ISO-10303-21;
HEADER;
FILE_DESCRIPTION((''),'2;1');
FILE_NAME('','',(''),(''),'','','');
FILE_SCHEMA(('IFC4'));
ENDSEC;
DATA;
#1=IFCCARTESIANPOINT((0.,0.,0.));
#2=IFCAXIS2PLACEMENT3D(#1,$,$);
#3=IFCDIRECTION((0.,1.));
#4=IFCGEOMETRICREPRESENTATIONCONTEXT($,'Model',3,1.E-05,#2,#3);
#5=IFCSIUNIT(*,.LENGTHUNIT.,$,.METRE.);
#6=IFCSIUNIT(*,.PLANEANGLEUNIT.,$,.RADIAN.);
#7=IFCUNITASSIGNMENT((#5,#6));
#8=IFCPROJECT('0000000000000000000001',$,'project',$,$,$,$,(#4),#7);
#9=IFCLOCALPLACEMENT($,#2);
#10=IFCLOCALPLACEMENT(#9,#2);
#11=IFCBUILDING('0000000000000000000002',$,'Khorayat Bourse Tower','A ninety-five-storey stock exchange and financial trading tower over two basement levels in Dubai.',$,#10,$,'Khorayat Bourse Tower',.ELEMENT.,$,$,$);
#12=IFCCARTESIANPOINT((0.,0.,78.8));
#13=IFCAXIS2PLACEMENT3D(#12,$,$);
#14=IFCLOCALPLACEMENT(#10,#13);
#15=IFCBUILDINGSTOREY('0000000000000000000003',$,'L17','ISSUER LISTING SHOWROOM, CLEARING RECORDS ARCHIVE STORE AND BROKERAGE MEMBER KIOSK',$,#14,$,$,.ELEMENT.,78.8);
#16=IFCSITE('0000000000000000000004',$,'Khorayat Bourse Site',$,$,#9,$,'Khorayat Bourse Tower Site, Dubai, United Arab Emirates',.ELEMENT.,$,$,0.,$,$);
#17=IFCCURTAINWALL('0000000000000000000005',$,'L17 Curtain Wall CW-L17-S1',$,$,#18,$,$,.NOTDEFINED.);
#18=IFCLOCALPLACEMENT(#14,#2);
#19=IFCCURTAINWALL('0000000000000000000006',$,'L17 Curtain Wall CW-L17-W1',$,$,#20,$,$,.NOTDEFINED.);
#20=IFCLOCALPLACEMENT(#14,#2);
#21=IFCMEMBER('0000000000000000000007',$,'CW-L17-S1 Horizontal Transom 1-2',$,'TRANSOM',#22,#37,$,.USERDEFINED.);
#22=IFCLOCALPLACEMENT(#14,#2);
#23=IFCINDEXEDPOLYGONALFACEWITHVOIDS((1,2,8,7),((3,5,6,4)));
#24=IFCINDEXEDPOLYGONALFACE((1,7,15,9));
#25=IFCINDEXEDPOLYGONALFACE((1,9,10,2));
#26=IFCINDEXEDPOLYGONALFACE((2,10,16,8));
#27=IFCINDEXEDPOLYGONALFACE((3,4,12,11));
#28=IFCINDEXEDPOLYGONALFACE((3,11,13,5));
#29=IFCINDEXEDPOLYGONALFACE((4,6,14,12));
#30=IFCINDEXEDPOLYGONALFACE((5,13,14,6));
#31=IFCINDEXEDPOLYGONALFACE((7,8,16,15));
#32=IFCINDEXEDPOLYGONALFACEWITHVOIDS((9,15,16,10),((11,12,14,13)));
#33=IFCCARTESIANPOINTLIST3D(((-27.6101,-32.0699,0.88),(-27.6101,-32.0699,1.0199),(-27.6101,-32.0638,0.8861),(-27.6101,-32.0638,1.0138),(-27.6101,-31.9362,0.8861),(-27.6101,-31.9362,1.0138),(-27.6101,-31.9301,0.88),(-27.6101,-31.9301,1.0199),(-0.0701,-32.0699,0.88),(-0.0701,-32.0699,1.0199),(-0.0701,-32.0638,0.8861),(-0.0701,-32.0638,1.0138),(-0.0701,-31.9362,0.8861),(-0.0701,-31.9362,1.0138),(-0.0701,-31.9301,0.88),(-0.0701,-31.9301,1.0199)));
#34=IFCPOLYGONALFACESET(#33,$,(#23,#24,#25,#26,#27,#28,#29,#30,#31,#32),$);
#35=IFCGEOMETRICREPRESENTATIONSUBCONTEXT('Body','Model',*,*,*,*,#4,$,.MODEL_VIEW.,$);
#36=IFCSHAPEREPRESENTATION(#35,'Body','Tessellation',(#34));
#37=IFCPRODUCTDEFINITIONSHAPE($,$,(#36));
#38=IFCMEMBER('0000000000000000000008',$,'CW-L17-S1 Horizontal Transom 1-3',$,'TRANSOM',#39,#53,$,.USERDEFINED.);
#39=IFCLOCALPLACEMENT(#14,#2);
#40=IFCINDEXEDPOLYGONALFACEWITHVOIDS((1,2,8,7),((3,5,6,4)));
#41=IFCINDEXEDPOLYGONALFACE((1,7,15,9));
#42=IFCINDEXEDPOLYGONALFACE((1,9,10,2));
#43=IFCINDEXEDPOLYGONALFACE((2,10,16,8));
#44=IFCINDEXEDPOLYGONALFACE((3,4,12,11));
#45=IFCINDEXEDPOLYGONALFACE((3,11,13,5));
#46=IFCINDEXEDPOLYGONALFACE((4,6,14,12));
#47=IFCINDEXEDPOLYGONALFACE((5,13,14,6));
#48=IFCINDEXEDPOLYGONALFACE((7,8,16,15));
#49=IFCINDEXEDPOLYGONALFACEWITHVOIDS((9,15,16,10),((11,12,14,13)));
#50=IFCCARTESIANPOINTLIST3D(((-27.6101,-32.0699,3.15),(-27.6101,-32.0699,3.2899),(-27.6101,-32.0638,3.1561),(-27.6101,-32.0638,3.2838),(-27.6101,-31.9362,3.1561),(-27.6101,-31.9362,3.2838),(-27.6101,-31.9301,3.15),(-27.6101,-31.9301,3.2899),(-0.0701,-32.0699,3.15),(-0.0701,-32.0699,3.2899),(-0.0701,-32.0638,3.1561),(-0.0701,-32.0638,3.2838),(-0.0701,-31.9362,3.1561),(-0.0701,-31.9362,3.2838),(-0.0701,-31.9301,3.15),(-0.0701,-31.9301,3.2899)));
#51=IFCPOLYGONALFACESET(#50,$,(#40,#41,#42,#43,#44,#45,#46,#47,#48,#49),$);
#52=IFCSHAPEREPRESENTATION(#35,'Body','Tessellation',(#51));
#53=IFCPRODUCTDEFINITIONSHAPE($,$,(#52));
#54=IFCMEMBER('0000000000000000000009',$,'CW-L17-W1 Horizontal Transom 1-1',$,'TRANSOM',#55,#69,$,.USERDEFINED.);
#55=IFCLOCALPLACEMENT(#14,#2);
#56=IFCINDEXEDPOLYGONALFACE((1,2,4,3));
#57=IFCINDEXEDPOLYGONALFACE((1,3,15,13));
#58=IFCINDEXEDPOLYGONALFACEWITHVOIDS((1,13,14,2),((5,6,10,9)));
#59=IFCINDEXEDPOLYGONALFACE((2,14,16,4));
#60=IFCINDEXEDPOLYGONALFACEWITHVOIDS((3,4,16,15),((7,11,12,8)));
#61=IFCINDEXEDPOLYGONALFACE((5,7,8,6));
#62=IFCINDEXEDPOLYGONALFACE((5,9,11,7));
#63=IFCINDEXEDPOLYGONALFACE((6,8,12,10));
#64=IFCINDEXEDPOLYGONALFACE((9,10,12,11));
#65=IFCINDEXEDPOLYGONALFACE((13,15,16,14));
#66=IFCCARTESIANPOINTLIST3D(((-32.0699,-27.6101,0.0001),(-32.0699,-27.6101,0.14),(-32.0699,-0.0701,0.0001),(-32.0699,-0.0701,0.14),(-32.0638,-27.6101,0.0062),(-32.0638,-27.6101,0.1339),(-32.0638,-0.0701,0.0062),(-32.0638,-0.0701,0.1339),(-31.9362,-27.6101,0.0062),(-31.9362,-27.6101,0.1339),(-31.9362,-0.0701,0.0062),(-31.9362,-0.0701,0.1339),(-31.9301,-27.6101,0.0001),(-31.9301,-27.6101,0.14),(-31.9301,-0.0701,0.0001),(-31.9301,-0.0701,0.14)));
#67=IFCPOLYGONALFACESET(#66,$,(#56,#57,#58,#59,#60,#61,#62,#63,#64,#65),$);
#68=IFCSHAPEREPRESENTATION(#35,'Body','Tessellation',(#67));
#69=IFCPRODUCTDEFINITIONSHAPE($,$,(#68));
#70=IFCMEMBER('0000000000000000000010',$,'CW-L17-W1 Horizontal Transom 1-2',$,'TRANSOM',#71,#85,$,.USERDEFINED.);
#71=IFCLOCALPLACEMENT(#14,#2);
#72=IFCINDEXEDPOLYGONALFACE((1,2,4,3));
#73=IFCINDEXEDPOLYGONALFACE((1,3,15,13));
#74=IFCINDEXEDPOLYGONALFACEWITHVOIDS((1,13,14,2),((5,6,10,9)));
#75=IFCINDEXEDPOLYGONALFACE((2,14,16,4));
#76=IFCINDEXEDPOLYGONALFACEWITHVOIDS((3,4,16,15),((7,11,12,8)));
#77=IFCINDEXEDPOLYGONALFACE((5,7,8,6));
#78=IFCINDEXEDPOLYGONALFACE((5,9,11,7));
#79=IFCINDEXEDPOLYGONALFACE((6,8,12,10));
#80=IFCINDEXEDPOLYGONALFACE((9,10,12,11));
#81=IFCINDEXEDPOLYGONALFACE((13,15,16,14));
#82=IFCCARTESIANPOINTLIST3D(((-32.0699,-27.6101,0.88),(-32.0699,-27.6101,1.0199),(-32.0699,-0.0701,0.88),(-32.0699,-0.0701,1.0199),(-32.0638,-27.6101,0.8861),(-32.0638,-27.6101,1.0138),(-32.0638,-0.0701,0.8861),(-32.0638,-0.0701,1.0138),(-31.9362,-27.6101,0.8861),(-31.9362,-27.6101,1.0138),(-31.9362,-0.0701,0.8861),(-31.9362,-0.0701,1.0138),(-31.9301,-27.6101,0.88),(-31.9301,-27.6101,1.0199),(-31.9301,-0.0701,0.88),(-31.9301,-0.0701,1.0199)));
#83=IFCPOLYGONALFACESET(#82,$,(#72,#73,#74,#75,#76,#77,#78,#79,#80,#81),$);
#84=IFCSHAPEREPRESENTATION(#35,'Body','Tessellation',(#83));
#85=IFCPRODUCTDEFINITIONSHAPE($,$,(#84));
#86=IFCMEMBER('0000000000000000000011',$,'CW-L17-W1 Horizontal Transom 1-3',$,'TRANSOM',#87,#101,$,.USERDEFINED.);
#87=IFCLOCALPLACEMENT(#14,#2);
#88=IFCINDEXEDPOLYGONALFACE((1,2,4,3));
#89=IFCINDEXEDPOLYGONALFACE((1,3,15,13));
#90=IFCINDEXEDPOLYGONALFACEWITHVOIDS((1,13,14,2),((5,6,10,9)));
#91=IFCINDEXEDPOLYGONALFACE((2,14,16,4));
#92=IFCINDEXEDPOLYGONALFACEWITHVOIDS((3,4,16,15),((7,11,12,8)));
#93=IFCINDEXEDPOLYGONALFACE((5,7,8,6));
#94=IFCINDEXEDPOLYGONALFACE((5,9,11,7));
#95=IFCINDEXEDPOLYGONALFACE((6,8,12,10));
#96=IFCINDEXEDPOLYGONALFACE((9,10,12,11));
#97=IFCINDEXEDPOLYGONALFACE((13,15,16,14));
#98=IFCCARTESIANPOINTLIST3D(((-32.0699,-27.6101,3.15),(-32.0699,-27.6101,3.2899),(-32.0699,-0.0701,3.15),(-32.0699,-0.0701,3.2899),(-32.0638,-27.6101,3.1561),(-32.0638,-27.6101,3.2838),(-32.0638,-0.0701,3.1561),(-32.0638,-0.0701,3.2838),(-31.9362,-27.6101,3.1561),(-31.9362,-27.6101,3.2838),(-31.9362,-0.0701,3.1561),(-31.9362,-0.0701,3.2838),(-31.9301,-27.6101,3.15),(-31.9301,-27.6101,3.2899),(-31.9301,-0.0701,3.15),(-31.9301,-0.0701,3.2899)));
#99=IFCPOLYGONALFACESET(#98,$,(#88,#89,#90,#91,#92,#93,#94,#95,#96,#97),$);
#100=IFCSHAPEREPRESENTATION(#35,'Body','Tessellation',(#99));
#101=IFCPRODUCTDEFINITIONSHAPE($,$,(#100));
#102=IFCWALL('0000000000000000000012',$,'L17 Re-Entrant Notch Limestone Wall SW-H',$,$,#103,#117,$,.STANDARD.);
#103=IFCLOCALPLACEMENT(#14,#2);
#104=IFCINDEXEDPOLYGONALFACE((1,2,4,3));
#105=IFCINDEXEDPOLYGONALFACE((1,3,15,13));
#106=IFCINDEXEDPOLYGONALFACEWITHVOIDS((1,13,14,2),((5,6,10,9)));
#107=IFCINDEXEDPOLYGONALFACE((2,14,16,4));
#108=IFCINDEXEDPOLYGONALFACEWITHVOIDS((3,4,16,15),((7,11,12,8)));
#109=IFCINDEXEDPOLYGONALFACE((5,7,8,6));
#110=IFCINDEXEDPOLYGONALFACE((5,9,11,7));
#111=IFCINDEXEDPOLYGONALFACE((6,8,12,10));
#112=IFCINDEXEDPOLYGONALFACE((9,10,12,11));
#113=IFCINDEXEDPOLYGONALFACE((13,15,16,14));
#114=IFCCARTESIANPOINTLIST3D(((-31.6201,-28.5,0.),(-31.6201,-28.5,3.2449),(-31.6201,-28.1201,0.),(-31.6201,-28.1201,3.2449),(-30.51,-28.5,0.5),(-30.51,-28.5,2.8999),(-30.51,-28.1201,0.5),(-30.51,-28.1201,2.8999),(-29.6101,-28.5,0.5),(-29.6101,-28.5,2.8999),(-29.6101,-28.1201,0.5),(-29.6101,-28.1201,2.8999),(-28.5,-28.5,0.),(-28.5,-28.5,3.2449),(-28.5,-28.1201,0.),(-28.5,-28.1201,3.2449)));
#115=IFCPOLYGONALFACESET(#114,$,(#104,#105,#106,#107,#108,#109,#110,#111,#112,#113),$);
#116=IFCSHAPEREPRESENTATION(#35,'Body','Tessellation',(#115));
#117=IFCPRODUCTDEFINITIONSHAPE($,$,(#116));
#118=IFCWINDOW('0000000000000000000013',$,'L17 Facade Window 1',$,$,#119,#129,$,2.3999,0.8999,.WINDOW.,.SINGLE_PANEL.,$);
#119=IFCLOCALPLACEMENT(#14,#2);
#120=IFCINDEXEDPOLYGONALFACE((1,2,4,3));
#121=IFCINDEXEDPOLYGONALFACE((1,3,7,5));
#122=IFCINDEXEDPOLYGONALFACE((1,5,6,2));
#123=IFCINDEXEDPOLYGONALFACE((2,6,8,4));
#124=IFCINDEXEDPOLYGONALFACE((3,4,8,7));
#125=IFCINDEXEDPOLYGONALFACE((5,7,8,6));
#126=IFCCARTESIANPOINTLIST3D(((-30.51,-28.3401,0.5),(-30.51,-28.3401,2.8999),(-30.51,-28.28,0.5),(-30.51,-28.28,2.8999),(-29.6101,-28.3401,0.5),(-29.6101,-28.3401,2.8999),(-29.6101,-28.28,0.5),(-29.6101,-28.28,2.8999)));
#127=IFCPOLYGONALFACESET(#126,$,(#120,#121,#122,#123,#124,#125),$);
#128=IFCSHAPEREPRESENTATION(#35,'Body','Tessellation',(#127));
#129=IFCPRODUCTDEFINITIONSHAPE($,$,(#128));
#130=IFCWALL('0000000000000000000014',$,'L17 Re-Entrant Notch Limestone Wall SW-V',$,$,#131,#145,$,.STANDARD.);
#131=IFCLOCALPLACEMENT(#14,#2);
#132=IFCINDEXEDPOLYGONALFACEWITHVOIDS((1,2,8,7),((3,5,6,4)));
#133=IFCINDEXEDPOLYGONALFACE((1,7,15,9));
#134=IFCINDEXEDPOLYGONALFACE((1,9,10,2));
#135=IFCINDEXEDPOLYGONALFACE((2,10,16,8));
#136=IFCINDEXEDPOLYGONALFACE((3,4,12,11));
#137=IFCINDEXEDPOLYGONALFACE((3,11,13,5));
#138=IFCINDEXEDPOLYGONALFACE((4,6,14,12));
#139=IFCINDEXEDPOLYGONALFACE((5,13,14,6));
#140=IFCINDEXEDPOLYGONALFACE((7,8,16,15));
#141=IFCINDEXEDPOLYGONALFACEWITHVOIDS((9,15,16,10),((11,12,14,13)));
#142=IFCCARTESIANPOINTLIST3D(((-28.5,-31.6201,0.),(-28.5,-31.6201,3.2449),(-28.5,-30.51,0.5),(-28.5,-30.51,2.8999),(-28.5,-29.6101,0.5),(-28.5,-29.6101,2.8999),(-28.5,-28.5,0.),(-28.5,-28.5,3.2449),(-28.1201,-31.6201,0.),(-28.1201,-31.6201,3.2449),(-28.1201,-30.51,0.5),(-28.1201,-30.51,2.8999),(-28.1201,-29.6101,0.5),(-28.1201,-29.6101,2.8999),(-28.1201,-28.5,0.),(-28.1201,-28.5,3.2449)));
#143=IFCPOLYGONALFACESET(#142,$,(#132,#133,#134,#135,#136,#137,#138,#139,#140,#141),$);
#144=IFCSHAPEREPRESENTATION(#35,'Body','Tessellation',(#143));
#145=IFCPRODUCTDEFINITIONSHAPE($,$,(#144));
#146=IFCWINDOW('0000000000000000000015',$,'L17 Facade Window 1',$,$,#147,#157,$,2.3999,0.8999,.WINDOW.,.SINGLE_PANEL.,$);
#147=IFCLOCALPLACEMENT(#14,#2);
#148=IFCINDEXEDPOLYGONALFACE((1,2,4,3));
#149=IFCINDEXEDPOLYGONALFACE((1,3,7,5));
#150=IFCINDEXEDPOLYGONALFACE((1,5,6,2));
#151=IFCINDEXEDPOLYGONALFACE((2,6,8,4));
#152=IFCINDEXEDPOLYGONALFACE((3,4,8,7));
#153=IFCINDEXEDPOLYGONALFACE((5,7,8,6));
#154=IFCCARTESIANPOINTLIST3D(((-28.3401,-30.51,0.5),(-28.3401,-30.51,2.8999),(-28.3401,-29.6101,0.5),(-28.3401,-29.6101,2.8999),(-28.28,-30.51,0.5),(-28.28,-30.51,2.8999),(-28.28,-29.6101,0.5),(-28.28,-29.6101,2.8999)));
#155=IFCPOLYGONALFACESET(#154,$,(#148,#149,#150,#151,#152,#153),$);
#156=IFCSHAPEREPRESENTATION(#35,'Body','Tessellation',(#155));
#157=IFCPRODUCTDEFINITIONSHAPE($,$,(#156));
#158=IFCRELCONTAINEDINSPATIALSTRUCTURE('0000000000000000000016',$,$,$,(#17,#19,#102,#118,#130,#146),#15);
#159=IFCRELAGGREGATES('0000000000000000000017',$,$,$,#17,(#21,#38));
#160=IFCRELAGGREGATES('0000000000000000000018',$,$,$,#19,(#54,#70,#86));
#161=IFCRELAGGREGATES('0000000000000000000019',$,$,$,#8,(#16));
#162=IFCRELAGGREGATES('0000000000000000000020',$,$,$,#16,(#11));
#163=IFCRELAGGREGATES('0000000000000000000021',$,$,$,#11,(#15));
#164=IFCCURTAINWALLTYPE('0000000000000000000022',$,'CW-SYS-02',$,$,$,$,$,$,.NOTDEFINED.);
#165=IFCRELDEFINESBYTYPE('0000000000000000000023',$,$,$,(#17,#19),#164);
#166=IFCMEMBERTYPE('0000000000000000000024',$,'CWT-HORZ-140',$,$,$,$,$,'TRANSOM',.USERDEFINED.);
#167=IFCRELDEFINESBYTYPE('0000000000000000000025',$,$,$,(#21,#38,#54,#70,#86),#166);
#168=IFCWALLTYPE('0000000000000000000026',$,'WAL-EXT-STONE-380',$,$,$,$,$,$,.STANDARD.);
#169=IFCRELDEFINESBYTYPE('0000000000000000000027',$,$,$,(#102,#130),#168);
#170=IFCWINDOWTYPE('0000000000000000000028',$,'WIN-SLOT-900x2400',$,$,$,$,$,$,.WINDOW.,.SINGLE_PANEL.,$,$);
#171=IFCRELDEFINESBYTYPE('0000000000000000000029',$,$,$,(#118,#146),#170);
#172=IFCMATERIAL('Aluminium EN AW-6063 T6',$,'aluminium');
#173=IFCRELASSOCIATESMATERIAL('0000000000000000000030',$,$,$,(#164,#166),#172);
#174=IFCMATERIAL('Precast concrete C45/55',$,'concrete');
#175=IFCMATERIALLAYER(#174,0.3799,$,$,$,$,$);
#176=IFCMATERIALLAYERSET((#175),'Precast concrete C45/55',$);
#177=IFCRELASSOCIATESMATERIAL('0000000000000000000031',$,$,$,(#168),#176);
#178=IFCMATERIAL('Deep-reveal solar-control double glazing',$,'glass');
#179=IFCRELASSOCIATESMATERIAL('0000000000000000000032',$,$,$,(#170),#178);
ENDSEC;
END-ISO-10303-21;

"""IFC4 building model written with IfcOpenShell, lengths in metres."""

from ifc_helpers import new_model, si_unit, direction, frame, frame_2d, origin, origin_2d, place, context, subcontext, project, spatial, rectangle, hollow_rectangle, extrude, source, transform, mapped, material, layer, layer_set, material_profile, profile_set, type_object, element, fill, aggregate, save


model = new_model("IFC4")

# Units and contexts
model_context = context("Model", 3, precision=1e-05, world=origin(), true_north=direction((0.0, 1.0)))
body_context = subcontext(model_context, "Body", "Model", "MODEL_VIEW")
ifc_project = project(units=[si_unit("LENGTHUNIT", "METRE"), si_unit("PLANEANGLEUNIT", "RADIAN")], contexts=[model_context])

# Site, building, storey
site_placement = place(None, origin())
site = spatial("IfcSite", under=ifc_project, at=site_placement, Name="Khorayat Bourse Site", LongName="Khorayat Bourse Tower Site, Dubai, United Arab Emirates", CompositionType="ELEMENT", RefElevation=0.0)
building_placement = place(site_placement, origin())
building = spatial("IfcBuilding", under=site, at=building_placement, Name="Khorayat Bourse Tower", Description="A ninety-five-storey stock exchange and financial trading tower over two basement levels in Dubai.", LongName="Khorayat Bourse Tower", CompositionType="ELEMENT")
storey_placement = place(building_placement, frame((0.0, 0.0, 78.8)))
storey = spatial("IfcBuildingStorey", under=building, at=storey_placement, Name="L17", Description="ISSUER LISTING SHOWROOM, CLEARING RECORDS ARCHIVE STORE AND BROKERAGE MEMBER KIOSK", CompositionType="ELEMENT", Elevation=78.8)

# Curtain wall
ifc_material_1 = material(Name="Aluminium EN AW-6063 T6", Category="aluminium")
curtain_wall_type = type_object("IfcCurtainWallType", Name="CW-SYS-02", PredefinedType="NOTDEFINED", material=ifc_material_1)
curtain_wall_1_placement = place(storey_placement, origin())
curtain_wall_1 = element("IfcCurtainWall", 1, at=curtain_wall_1_placement, inside=storey, type_object=curtain_wall_type, Name="L17 Curtain Wall CW-L17-S1", PredefinedType="NOTDEFINED")

# Curtain wall
curtain_wall_2_placement = place(storey_placement, origin())
curtain_wall_2 = element("IfcCurtainWall", 2, at=curtain_wall_2_placement, inside=storey, type_object=curtain_wall_type, Name="L17 Curtain Wall CW-L17-W1", PredefinedType="NOTDEFINED")

# Members
ifc_material_profile_1 = material_profile(ifc_material_1, hollow_rectangle(XDim=0.1399, YDim=0.1399, WallThickness=0.0061, at=origin_2d()), Name="ALU 140x140x6")
ifc_profile_set_1 = profile_set([ifc_material_profile_1], Name="Aluminium EN AW-6063 T6")
member_type_1 = type_object("IfcMemberType", Name="CWT-HORZ-140", ElementType="TRANSOM", PredefinedType="USERDEFINED", material=ifc_profile_set_1)
shared_shape_1 = source(origin(), body_context, "Body", "SweptSolid", [
    extrude(hollow_rectangle(XDim=0.1399, YDim=0.1399, WallThickness=0.0061, at=origin_2d()), origin(), (0.0, 0.0, 1.0), 27.54),
])
member_1_placement = place(storey_placement, frame((-27.6101, -32.0, 0.95), z_axis=(1.0, 0.0, 0.0), x_axis=(0.0, 1.0, 0.0)))
member_1 = element("IfcMember", 3, at=member_1_placement, type_object=member_type_1, Name="CW-L17-S1 Horizontal Transom 1-2", ObjectType="TRANSOM", PredefinedType="USERDEFINED", context=body_context, shape_type="MappedRepresentation", body=[
    mapped(shared_shape_1, transform((0.0, 0.0, 0.0), scale=1.0)),
])
member_2_placement = place(storey_placement, frame((-27.6101, -32.0, 3.22), z_axis=(1.0, 0.0, 0.0), x_axis=(0.0, 1.0, 0.0)))
member_2 = element("IfcMember", 4, at=member_2_placement, type_object=member_type_1, Name="CW-L17-S1 Horizontal Transom 1-3", ObjectType="TRANSOM", PredefinedType="USERDEFINED", context=body_context, shape_type="MappedRepresentation", body=[
    mapped(shared_shape_1, transform((0.0, 0.0, 0.0), scale=1.0)),
])
aggregate(curtain_wall_1, [member_1, member_2])
member_3_placement = place(storey_placement, frame((-32.0, -27.6101, 0.0701), z_axis=(0.0, 1.0, 0.0), x_axis=(-1.0, 0.0, 0.0)))
member_3 = element("IfcMember", 5, at=member_3_placement, type_object=member_type_1, Name="CW-L17-W1 Horizontal Transom 1-1", ObjectType="TRANSOM", PredefinedType="USERDEFINED", context=body_context, shape_type="MappedRepresentation", body=[
    mapped(shared_shape_1, transform((0.0, 0.0, 0.0), scale=1.0)),
])
member_4_placement = place(storey_placement, frame((-32.0, -27.6101, 0.95), z_axis=(0.0, 1.0, 0.0), x_axis=(-1.0, 0.0, 0.0)))
member_4 = element("IfcMember", 6, at=member_4_placement, type_object=member_type_1, Name="CW-L17-W1 Horizontal Transom 1-2", ObjectType="TRANSOM", PredefinedType="USERDEFINED", context=body_context, shape_type="MappedRepresentation", body=[
    mapped(shared_shape_1, transform((0.0, 0.0, 0.0), scale=1.0)),
])
member_5_placement = place(storey_placement, frame((-32.0, -27.6101, 3.22), z_axis=(0.0, 1.0, 0.0), x_axis=(-1.0, 0.0, 0.0)))
member_5 = element("IfcMember", 7, at=member_5_placement, type_object=member_type_1, Name="CW-L17-W1 Horizontal Transom 1-3", ObjectType="TRANSOM", PredefinedType="USERDEFINED", context=body_context, shape_type="MappedRepresentation", body=[
    mapped(shared_shape_1, transform((0.0, 0.0, 0.0), scale=1.0)),
])
aggregate(curtain_wall_2, [member_3, member_4, member_5])

# Walls, openings, windows
ifc_material_2 = material(Name="Precast concrete C45/55", Category="concrete")
ifc_layer_1 = layer(ifc_material_2, 0.3799)
ifc_layer_set_1 = layer_set([ifc_layer_1], Name="Precast concrete C45/55")
wall_type_1 = type_object("IfcWallType", Name="WAL-EXT-STONE-380", PredefinedType="STANDARD", material=ifc_layer_set_1)
shared_shape_2 = source(origin(), body_context, "Body", "SweptSolid", [
    extrude(rectangle(XDim=3.1201, YDim=0.3799, at=frame_2d((1.5601, 0.0))), origin(), (0.0, 0.0, 1.0), 3.2449),
])
wall_1_placement = place(storey_placement, frame((-28.5, -28.3101, 0.0), z_axis=(0.0, 0.0, 1.0), x_axis=(-1.0, 0.0, 0.0)))
wall_1 = element("IfcWall", 8, at=wall_1_placement, inside=storey, type_object=wall_type_1, Name="L17 Re-Entrant Notch Limestone Wall SW-H", PredefinedType="STANDARD", context=body_context, shape_type="MappedRepresentation", body=[
    mapped(shared_shape_2, transform((0.0, 0.0, 0.0), scale=1.0)),
])
shared_shape_3 = source(origin(), body_context, "Body", "SweptSolid", [
    extrude(rectangle(XDim=0.8999, YDim=2.3999, at=frame_2d((0.45, 1.2))), frame((0.0, 0.2, 0.0), z_axis=(0.0, -1.0, 0.0), x_axis=(1.0, 0.0, 0.0)), (0.0, 0.0, 1.0), 0.3999),
])
opening_1_placement = place(wall_1_placement, frame((1.1101, 0.0, 0.5)))
opening_1 = element("IfcOpeningElement", 9, at=opening_1_placement, cuts=wall_1, PredefinedType="OPENING", context=body_context, shape_type="MappedRepresentation", body=[
    mapped(shared_shape_3, transform((0.0, 0.0, 0.0), scale=1.0)),
])
ifc_material_3 = material(Name="Deep-reveal solar-control double glazing", Category="glass")
window_type = type_object("IfcWindowType", Name="WIN-SLOT-900x2400", PartitioningType="SINGLE_PANEL", PredefinedType="WINDOW", material=ifc_material_3)
shared_shape_4 = source(origin(), body_context, "Body", "SweptSolid", [
    extrude(rectangle(XDim=0.8999, YDim=2.3999, at=frame_2d((0.45, 1.2))), frame((0.0, 0.03, 0.0), z_axis=(0.0, -1.0, 0.0), x_axis=(1.0, 0.0, 0.0)), (0.0, 0.0, 1.0), 0.0601),
])
window_1_placement = place(opening_1_placement, origin())
window_1 = element("IfcWindow", 10, at=window_1_placement, inside=storey, type_object=window_type, Name="L17 Facade Window 1", OverallHeight=2.3999, OverallWidth=0.8999, PartitioningType="SINGLE_PANEL", PredefinedType="WINDOW", context=body_context, shape_type="MappedRepresentation", body=[
    mapped(shared_shape_4, transform((0.0, 0.0, 0.0), scale=1.0)),
])
fill(opening_1, window_1)
wall_2_placement = place(storey_placement, frame((-28.3101, -31.6201, 0.0), z_axis=(0.0, 0.0, 1.0), x_axis=(0.0, 1.0, 0.0)))
wall_2 = element("IfcWall", 11, at=wall_2_placement, inside=storey, type_object=wall_type_1, Name="L17 Re-Entrant Notch Limestone Wall SW-V", PredefinedType="STANDARD", context=body_context, shape_type="MappedRepresentation", body=[
    mapped(shared_shape_2, transform((0.0, 0.0, 0.0), scale=1.0)),
])
opening_2_placement = place(wall_2_placement, frame((1.1101, 0.0, 0.5)))
opening_2 = element("IfcOpeningElement", 12, at=opening_2_placement, cuts=wall_2, PredefinedType="OPENING", context=body_context, shape_type="MappedRepresentation", body=[
    mapped(shared_shape_3, transform((0.0, 0.0, 0.0), scale=1.0)),
])
window_2_placement = place(opening_2_placement, origin())
window_2 = element("IfcWindow", 13, at=window_2_placement, inside=storey, type_object=window_type, Name="L17 Facade Window 1", OverallHeight=2.3999, OverallWidth=0.8999, PartitioningType="SINGLE_PANEL", PredefinedType="WINDOW", context=body_context, shape_type="MappedRepresentation", body=[
    mapped(shared_shape_4, transform((0.0, 0.0, 0.0), scale=1.0)),
])
fill(opening_2, window_2)

save(model, "model.ifc")
